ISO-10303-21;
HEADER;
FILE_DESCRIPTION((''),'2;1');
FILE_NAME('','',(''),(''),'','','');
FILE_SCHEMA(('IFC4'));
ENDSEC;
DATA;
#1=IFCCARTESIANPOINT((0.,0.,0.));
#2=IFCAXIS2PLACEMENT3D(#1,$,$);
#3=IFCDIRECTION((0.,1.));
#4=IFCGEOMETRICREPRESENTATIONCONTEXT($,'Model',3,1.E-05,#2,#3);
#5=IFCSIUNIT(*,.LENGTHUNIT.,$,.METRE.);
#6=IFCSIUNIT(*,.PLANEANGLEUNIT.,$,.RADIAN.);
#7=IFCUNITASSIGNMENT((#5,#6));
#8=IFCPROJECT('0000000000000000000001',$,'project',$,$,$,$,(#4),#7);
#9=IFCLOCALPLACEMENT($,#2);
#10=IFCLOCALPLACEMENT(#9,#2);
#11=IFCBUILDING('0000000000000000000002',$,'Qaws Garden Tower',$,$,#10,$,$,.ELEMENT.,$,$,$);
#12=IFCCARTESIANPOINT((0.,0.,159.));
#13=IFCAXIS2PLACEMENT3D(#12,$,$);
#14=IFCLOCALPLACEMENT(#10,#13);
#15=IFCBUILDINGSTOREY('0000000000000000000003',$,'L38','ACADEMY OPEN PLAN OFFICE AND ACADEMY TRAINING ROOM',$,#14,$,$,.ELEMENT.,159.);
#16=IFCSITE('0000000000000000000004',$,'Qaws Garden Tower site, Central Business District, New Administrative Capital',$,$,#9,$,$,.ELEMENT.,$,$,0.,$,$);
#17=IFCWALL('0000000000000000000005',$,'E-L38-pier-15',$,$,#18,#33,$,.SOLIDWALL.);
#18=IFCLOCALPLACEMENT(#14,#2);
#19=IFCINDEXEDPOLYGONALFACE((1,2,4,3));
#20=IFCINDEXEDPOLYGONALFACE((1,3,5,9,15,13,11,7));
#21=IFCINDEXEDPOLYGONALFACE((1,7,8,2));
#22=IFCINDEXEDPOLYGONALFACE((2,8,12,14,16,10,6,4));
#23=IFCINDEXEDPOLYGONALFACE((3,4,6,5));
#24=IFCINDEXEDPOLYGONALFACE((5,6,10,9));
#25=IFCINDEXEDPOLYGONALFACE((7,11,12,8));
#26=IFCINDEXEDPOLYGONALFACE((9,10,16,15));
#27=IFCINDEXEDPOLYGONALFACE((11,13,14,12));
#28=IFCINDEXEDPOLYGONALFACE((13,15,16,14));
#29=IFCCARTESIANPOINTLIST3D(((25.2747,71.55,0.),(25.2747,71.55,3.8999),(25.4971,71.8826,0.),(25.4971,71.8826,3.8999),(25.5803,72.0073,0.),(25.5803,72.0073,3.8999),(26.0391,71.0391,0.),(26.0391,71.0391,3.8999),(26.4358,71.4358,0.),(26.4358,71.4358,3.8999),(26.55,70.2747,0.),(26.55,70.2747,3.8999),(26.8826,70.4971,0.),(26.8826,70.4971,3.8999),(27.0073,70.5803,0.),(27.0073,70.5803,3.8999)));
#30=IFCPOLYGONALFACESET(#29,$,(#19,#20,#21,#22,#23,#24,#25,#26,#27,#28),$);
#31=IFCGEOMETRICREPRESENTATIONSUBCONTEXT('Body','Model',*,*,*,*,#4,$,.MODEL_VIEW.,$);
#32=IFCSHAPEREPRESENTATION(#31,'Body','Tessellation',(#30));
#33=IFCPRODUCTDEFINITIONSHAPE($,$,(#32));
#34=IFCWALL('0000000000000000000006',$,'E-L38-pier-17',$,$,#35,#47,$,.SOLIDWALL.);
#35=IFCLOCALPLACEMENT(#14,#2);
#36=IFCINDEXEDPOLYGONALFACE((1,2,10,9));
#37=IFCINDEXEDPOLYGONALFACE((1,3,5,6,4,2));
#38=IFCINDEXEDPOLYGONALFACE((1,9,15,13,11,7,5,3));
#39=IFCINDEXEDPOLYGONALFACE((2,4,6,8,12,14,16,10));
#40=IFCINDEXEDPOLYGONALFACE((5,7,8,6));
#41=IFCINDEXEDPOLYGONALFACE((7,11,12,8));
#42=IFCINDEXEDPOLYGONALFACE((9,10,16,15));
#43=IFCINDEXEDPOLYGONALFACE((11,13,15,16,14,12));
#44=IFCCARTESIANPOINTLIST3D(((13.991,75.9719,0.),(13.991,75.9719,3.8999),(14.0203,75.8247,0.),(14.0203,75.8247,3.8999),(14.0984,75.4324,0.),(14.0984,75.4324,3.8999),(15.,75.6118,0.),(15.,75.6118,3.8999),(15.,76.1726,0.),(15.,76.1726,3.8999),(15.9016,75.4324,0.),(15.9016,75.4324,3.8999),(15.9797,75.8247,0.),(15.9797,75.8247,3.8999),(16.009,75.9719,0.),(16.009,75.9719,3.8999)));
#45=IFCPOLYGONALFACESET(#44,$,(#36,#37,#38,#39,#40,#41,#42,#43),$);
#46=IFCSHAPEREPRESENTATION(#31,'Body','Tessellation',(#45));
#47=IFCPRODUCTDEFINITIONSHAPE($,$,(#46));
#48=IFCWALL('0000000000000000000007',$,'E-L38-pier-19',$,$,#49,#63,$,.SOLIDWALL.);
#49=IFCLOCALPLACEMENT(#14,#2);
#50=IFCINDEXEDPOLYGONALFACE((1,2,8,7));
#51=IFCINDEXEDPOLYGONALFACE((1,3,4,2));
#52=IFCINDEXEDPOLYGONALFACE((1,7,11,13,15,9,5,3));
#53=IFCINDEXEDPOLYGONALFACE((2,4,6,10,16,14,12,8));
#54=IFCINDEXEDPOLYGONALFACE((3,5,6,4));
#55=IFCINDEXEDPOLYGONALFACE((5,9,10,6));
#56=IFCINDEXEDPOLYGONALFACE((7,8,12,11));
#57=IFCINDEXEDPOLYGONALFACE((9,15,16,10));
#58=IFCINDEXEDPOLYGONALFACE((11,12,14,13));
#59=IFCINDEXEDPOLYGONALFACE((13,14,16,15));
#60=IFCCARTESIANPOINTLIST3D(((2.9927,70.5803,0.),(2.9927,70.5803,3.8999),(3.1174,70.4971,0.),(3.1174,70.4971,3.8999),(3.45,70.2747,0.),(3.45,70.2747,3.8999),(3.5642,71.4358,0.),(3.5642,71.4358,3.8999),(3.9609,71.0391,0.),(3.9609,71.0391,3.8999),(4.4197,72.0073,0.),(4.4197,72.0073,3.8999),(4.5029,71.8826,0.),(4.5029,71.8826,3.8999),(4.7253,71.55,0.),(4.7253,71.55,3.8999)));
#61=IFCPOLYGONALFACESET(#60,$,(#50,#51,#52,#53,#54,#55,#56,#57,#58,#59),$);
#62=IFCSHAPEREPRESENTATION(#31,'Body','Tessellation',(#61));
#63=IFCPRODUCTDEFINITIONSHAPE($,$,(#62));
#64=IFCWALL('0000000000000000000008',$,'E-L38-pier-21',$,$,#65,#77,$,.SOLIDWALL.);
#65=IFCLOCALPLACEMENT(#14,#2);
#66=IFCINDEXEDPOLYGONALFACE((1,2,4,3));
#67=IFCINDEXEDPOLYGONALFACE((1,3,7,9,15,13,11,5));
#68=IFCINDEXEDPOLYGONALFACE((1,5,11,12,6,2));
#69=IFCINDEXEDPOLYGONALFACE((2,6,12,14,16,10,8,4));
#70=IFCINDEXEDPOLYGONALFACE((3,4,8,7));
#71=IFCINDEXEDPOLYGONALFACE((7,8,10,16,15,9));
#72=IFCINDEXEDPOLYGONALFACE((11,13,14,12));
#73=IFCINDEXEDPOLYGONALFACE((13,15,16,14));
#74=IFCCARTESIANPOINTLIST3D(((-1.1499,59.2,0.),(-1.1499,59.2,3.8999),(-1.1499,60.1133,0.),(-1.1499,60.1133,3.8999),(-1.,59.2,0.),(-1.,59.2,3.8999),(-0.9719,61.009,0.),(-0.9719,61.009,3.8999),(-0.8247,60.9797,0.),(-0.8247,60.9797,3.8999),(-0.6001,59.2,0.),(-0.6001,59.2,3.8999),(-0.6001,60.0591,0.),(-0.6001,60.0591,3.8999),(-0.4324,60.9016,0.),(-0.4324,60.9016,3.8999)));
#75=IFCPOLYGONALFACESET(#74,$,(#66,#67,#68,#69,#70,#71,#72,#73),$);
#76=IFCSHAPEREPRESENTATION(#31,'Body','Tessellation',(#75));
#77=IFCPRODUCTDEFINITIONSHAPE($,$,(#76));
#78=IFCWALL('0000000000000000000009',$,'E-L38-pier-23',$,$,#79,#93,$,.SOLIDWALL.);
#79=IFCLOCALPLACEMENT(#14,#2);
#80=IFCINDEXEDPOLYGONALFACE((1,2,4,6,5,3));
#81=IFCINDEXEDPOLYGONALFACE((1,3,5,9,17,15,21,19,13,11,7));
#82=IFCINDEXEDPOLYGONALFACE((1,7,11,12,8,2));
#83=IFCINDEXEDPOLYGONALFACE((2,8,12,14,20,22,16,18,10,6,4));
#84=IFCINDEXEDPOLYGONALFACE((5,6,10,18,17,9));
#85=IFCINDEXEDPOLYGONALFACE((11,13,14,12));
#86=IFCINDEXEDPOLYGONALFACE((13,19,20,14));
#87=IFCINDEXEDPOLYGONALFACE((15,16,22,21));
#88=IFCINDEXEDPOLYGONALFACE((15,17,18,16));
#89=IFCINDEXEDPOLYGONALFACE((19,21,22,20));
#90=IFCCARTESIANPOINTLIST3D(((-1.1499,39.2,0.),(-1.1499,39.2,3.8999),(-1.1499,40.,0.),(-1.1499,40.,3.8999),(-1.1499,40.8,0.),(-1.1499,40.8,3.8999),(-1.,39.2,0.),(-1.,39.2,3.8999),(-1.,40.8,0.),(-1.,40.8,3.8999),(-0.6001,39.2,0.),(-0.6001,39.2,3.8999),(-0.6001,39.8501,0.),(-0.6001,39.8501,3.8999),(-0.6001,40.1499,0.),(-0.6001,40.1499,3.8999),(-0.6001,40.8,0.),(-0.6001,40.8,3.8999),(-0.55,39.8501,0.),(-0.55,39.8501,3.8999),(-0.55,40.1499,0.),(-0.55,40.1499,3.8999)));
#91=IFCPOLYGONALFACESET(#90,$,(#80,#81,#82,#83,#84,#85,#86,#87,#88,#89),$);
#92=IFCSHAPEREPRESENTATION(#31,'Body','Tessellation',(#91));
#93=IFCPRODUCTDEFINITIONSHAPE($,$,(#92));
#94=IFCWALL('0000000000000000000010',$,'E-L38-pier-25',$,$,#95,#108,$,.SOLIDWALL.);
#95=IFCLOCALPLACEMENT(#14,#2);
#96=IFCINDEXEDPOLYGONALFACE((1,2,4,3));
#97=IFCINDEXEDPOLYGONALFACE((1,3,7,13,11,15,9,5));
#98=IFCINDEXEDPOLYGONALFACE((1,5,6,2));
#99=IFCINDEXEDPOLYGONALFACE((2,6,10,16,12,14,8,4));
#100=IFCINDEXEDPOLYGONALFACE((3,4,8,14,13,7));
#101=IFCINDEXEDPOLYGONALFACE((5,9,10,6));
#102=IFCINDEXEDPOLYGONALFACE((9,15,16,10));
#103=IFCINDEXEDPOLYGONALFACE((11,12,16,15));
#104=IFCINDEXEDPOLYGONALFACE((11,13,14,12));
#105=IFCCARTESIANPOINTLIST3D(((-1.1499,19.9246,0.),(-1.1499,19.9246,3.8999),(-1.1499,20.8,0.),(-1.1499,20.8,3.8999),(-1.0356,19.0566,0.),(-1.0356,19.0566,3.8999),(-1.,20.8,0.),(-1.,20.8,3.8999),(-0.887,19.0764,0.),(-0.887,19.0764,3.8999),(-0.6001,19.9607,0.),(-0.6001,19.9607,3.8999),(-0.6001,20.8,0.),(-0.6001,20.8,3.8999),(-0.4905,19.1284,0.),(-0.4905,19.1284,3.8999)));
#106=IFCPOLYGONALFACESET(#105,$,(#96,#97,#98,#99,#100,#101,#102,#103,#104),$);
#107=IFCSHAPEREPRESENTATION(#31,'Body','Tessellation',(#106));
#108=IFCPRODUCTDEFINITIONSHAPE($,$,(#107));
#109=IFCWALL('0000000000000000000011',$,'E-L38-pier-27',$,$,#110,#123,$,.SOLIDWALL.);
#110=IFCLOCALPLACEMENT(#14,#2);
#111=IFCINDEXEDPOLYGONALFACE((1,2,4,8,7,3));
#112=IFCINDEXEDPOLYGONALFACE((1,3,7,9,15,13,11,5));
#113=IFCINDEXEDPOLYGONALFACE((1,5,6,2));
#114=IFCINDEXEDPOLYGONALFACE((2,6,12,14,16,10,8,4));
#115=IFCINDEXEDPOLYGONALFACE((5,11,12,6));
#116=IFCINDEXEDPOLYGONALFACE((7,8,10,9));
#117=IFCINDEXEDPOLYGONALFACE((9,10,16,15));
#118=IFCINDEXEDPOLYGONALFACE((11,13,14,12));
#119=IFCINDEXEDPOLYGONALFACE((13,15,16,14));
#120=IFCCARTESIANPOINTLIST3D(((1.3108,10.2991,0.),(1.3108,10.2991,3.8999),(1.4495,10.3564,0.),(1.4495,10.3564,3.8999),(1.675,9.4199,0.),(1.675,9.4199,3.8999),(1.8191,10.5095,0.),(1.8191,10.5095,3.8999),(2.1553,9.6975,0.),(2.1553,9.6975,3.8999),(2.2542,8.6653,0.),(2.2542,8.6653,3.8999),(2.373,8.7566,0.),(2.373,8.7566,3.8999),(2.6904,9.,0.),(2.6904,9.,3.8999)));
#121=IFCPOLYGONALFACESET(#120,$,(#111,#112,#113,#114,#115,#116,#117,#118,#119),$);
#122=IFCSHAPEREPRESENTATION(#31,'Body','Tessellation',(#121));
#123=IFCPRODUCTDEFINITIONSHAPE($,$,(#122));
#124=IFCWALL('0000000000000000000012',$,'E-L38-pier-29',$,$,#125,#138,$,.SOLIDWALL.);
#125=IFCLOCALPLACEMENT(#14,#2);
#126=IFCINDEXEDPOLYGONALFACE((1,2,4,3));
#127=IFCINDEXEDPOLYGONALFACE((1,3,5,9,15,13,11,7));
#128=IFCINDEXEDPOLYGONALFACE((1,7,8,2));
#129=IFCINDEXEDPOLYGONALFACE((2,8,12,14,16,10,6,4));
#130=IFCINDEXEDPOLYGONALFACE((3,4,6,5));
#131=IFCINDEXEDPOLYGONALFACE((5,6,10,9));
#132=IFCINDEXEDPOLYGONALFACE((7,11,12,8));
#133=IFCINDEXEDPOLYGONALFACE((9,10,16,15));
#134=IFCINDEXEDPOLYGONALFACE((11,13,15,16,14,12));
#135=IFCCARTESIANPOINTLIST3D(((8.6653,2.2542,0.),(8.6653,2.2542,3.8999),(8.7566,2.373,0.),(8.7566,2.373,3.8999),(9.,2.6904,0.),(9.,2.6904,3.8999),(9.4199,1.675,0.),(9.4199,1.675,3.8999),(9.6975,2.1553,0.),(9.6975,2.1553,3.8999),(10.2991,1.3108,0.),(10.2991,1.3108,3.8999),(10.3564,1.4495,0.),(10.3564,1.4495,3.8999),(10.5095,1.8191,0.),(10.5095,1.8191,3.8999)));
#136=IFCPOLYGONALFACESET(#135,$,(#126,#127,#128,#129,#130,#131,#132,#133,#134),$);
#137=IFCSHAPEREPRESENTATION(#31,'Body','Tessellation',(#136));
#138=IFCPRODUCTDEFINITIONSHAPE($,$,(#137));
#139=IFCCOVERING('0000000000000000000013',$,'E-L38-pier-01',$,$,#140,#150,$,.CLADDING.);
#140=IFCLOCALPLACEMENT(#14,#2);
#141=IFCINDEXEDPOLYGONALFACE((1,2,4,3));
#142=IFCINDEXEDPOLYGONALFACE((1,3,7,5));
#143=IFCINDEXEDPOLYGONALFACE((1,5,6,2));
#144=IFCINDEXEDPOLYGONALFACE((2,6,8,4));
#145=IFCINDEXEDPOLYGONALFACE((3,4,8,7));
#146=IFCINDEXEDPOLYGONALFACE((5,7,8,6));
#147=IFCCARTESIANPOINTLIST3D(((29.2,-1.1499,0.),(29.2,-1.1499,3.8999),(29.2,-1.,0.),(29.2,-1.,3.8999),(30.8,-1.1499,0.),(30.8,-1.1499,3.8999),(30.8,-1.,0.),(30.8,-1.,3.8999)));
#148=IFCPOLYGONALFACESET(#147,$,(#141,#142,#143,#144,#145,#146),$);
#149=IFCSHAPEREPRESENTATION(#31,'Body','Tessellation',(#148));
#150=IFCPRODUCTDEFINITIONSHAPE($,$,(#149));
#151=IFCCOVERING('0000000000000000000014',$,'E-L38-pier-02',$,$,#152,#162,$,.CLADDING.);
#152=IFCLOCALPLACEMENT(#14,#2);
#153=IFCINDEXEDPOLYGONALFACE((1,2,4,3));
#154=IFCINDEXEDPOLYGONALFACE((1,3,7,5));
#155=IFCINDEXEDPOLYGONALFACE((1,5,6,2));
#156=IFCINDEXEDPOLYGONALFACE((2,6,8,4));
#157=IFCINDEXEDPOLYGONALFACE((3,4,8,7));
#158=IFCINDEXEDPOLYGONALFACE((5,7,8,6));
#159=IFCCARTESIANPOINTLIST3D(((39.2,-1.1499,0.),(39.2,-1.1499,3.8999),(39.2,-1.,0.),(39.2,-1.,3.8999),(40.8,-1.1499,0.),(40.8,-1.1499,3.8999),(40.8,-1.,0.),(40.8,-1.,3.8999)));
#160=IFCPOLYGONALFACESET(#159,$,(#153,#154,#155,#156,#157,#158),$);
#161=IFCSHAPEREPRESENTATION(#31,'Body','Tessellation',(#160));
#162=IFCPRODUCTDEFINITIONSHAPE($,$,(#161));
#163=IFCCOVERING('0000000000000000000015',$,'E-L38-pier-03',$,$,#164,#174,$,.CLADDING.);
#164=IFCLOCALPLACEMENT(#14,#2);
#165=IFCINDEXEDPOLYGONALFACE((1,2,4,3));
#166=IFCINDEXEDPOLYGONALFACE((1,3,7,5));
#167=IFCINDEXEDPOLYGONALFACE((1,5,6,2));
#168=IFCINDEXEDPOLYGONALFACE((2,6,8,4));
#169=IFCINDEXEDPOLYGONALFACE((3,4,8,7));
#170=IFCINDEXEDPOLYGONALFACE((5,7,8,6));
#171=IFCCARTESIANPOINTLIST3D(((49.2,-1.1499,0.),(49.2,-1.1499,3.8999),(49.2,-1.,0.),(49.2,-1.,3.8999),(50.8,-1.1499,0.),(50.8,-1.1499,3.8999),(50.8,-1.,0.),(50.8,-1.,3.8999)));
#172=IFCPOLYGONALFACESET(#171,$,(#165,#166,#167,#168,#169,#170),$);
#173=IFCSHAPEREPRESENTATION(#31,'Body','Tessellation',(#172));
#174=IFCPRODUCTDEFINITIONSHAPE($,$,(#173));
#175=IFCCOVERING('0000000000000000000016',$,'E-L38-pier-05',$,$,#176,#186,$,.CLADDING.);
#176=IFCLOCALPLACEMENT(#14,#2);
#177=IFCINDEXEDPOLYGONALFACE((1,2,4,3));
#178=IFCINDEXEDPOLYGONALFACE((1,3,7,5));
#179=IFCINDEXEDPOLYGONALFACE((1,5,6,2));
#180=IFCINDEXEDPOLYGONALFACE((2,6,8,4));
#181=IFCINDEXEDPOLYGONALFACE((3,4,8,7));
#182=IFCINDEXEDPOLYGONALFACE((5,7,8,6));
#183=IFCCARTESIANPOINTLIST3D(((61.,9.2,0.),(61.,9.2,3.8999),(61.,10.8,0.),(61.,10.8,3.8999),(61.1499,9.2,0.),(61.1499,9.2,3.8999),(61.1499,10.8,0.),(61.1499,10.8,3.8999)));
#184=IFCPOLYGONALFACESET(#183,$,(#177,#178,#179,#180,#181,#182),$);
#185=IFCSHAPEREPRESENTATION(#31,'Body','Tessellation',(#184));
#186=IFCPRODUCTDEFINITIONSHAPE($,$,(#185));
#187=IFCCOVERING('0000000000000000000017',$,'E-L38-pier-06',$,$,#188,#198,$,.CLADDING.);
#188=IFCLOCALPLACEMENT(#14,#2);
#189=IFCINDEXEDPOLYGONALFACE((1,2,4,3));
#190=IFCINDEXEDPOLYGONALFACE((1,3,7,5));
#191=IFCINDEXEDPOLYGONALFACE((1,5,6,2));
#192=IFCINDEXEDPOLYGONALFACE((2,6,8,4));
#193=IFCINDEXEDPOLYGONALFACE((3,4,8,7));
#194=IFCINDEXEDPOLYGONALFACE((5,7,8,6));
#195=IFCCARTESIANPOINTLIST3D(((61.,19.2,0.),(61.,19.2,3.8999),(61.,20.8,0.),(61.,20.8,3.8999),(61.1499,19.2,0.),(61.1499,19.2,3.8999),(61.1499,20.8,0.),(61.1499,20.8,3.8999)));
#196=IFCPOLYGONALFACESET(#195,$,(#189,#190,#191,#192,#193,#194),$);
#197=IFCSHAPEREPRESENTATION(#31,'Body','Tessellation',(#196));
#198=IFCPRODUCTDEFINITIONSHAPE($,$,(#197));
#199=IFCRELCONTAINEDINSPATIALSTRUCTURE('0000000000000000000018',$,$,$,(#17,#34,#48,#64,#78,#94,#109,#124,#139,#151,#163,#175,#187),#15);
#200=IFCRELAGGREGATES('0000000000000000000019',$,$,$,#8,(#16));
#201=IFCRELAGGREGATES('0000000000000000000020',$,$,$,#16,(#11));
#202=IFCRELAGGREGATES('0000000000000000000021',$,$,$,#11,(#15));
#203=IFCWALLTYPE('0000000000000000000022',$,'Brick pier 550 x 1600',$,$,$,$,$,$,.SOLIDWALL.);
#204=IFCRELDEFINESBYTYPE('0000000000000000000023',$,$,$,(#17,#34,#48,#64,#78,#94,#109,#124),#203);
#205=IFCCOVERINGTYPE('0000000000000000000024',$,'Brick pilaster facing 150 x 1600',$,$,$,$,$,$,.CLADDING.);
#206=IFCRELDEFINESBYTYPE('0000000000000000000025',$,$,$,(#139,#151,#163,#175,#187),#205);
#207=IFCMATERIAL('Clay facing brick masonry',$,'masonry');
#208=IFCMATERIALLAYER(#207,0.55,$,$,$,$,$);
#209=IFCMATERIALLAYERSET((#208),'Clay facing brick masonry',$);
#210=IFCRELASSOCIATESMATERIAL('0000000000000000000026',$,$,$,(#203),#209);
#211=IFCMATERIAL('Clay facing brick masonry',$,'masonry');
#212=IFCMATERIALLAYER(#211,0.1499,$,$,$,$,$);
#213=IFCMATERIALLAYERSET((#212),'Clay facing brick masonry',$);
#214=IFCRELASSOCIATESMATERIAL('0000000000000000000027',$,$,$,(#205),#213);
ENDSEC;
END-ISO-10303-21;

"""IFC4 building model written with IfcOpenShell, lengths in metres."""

from ifc_helpers import new_model, si_unit, direction, frame, origin, place, context, subcontext, project, spatial, polyline, outline, extrude, material, layer, layer_set, type_object, element, save


model = new_model("IFC4")

# Units and contexts
model_context = context("Model", 3, precision=1e-05, world=origin(), true_north=direction((0.0, 1.0)))
body_context = subcontext(model_context, "Body", "Model", "MODEL_VIEW")
ifc_project = project(units=[si_unit("LENGTHUNIT", "METRE"), si_unit("PLANEANGLEUNIT", "RADIAN")], contexts=[model_context])

# Site, building, storey
site_placement = place(None, origin())
site = spatial("IfcSite", under=ifc_project, at=site_placement, Name="Qaws Garden Tower site, Central Business District, New Administrative Capital", CompositionType="ELEMENT", RefElevation=0.0)
building_placement = place(site_placement, origin())
building = spatial("IfcBuilding", under=site, at=building_placement, Name="Qaws Garden Tower", CompositionType="ELEMENT")
storey_placement = place(building_placement, frame((0.0, 0.0, 159.0)))
storey = spatial("IfcBuildingStorey", under=building, at=storey_placement, Name="L38", Description="ACADEMY OPEN PLAN OFFICE AND ACADEMY TRAINING ROOM", CompositionType="ELEMENT", Elevation=159.0)

# Walls
placement = place(storey_placement, origin())
ifc_material_1 = material(Name="Clay facing brick masonry", Category="masonry")
ifc_layer_1 = layer(ifc_material_1, 0.55)
ifc_layer_set_1 = layer_set([ifc_layer_1], Name="Clay facing brick masonry")
wall_type_1 = type_object("IfcWallType", Name="Brick pier 550 x 1600", PredefinedType="SOLIDWALL", material=ifc_layer_set_1)
element("IfcWall", 1, at=placement, inside=storey, type_object=wall_type_1, Name="E-L38-pier-15", PredefinedType="SOLIDWALL", context=body_context, shape_type="SweptSolid", body=[
    extrude(outline(polyline([(26.8826, 70.4971), (27.0073, 70.5803), (26.4358, 71.4358), (25.5803, 72.0073), (25.4971, 71.8826), (25.2747, 71.55), (26.0391, 71.0391), (26.55, 70.2747), (26.8826, 70.4971)])), origin(), (0.0, 0.0, 1.0), 3.8999),
])
element("IfcWall", 2, at=placement, inside=storey, type_object=wall_type_1, Name="E-L38-pier-17", PredefinedType="SOLIDWALL", context=body_context, shape_type="SweptSolid", body=[
    extrude(outline(polyline([(15.9797, 75.8247), (16.009, 75.9719), (15.0, 76.1726), (13.991, 75.9719), (14.0203, 75.8247), (14.0984, 75.4324), (15.0, 75.6118), (15.9016, 75.4324), (15.9797, 75.8247)])), origin(), (0.0, 0.0, 1.0), 3.8999),
])
element("IfcWall", 3, at=placement, inside=storey, type_object=wall_type_1, Name="E-L38-pier-19", PredefinedType="SOLIDWALL", context=body_context, shape_type="SweptSolid", body=[
    extrude(outline(polyline([(4.5029, 71.8826), (4.4197, 72.0073), (3.5642, 71.4358), (2.9927, 70.5803), (3.1174, 70.4971), (3.45, 70.2747), (3.9609, 71.0391), (4.7253, 71.55), (4.5029, 71.8826)])), origin(), (0.0, 0.0, 1.0), 3.8999),
])
element("IfcWall", 4, at=placement, inside=storey, type_object=wall_type_1, Name="E-L38-pier-21", PredefinedType="SOLIDWALL", context=body_context, shape_type="SweptSolid", body=[
    extrude(outline(polyline([(-0.8247, 60.9797), (-0.9719, 61.009), (-1.1499, 60.1133), (-1.1499, 59.2), (-1.0, 59.2), (-0.6001, 59.2), (-0.6001, 60.0591), (-0.4324, 60.9016), (-0.8247, 60.9797)])), origin(), (0.0, 0.0, 1.0), 3.8999),
])
element("IfcWall", 5, at=placement, inside=storey, type_object=wall_type_1, Name="E-L38-pier-23", PredefinedType="SOLIDWALL", context=body_context, shape_type="SweptSolid", body=[
    extrude(outline(polyline([(-0.6001, 39.2), (-0.6001, 39.8501), (-0.55, 39.8501), (-0.55, 40.1499), (-0.6001, 40.1499), (-0.6001, 40.8), (-1.0, 40.8), (-1.1499, 40.8), (-1.1499, 40.0), (-1.1499, 39.2), (-1.0, 39.2), (-0.6001, 39.2)])), origin(), (0.0, 0.0, 1.0), 3.8999),
])
element("IfcWall", 6, at=placement, inside=storey, type_object=wall_type_1, Name="E-L38-pier-25", PredefinedType="SOLIDWALL", context=body_context, shape_type="SweptSolid", body=[
    extrude(outline(polyline([(-1.0, 20.8), (-1.1499, 20.8), (-1.1499, 19.9246), (-1.0356, 19.0566), (-0.887, 19.0764), (-0.4905, 19.1284), (-0.6001, 19.9607), (-0.6001, 20.8), (-1.0, 20.8)])), origin(), (0.0, 0.0, 1.0), 3.8999),
])
element("IfcWall", 7, at=placement, inside=storey, type_object=wall_type_1, Name="E-L38-pier-27", PredefinedType="SOLIDWALL", context=body_context, shape_type="SweptSolid", body=[
    extrude(outline(polyline([(1.4495, 10.3564), (1.3108, 10.2991), (1.675, 9.4199), (2.2542, 8.6653), (2.373, 8.7566), (2.6904, 9.0), (2.1553, 9.6975), (1.8191, 10.5095), (1.4495, 10.3564)])), origin(), (0.0, 0.0, 1.0), 3.8999),
])
element("IfcWall", 8, at=placement, inside=storey, type_object=wall_type_1, Name="E-L38-pier-29", PredefinedType="SOLIDWALL", context=body_context, shape_type="SweptSolid", body=[
    extrude(outline(polyline([(8.7566, 2.373), (8.6653, 2.2542), (9.4199, 1.675), (10.2991, 1.3108), (10.3564, 1.4495), (10.5095, 1.8191), (9.6975, 2.1553), (9.0, 2.6904), (8.7566, 2.373)])), origin(), (0.0, 0.0, 1.0), 3.8999),
])

# Coverings
ifc_material_2 = material(Name="Clay facing brick masonry", Category="masonry")
ifc_layer_2 = layer(ifc_material_2, 0.1499)
ifc_layer_set_2 = layer_set([ifc_layer_2], Name="Clay facing brick masonry")
covering_type = type_object("IfcCoveringType", Name="Brick pilaster facing 150 x 1600", PredefinedType="CLADDING", material=ifc_layer_set_2)
element("IfcCovering", 9, at=placement, inside=storey, type_object=covering_type, Name="E-L38-pier-01", PredefinedType="CLADDING", context=body_context, shape_type="SweptSolid", body=[
    extrude(outline(polyline([(29.2, -1.0), (30.8, -1.0), (30.8, -1.1499), (29.2, -1.1499), (29.2, -1.0)])), origin(), (0.0, 0.0, 1.0), 3.8999),
])
element("IfcCovering", 10, at=placement, inside=storey, type_object=covering_type, Name="E-L38-pier-02", PredefinedType="CLADDING", context=body_context, shape_type="SweptSolid", body=[
    extrude(outline(polyline([(39.2, -1.0), (40.8, -1.0), (40.8, -1.1499), (39.2, -1.1499), (39.2, -1.0)])), origin(), (0.0, 0.0, 1.0), 3.8999),
])
element("IfcCovering", 11, at=placement, inside=storey, type_object=covering_type, Name="E-L38-pier-03", PredefinedType="CLADDING", context=body_context, shape_type="SweptSolid", body=[
    extrude(outline(polyline([(49.2, -1.0), (50.8, -1.0), (50.8, -1.1499), (49.2, -1.1499), (49.2, -1.0)])), origin(), (0.0, 0.0, 1.0), 3.8999),
])
element("IfcCovering", 12, at=placement, inside=storey, type_object=covering_type, Name="E-L38-pier-05", PredefinedType="CLADDING", context=body_context, shape_type="SweptSolid", body=[
    extrude(outline(polyline([(61.0, 9.2), (61.0, 10.8), (61.1499, 10.8), (61.1499, 9.2), (61.0, 9.2)])), origin(), (0.0, 0.0, 1.0), 3.8999),
])
element("IfcCovering", 13, at=placement, inside=storey, type_object=covering_type, Name="E-L38-pier-06", PredefinedType="CLADDING", context=body_context, shape_type="SweptSolid", body=[
    extrude(outline(polyline([(61.0, 19.2), (61.0, 20.8), (61.1499, 20.8), (61.1499, 19.2), (61.0, 19.2)])), origin(), (0.0, 0.0, 1.0), 3.8999),
])

save(model, "model.ifc")
